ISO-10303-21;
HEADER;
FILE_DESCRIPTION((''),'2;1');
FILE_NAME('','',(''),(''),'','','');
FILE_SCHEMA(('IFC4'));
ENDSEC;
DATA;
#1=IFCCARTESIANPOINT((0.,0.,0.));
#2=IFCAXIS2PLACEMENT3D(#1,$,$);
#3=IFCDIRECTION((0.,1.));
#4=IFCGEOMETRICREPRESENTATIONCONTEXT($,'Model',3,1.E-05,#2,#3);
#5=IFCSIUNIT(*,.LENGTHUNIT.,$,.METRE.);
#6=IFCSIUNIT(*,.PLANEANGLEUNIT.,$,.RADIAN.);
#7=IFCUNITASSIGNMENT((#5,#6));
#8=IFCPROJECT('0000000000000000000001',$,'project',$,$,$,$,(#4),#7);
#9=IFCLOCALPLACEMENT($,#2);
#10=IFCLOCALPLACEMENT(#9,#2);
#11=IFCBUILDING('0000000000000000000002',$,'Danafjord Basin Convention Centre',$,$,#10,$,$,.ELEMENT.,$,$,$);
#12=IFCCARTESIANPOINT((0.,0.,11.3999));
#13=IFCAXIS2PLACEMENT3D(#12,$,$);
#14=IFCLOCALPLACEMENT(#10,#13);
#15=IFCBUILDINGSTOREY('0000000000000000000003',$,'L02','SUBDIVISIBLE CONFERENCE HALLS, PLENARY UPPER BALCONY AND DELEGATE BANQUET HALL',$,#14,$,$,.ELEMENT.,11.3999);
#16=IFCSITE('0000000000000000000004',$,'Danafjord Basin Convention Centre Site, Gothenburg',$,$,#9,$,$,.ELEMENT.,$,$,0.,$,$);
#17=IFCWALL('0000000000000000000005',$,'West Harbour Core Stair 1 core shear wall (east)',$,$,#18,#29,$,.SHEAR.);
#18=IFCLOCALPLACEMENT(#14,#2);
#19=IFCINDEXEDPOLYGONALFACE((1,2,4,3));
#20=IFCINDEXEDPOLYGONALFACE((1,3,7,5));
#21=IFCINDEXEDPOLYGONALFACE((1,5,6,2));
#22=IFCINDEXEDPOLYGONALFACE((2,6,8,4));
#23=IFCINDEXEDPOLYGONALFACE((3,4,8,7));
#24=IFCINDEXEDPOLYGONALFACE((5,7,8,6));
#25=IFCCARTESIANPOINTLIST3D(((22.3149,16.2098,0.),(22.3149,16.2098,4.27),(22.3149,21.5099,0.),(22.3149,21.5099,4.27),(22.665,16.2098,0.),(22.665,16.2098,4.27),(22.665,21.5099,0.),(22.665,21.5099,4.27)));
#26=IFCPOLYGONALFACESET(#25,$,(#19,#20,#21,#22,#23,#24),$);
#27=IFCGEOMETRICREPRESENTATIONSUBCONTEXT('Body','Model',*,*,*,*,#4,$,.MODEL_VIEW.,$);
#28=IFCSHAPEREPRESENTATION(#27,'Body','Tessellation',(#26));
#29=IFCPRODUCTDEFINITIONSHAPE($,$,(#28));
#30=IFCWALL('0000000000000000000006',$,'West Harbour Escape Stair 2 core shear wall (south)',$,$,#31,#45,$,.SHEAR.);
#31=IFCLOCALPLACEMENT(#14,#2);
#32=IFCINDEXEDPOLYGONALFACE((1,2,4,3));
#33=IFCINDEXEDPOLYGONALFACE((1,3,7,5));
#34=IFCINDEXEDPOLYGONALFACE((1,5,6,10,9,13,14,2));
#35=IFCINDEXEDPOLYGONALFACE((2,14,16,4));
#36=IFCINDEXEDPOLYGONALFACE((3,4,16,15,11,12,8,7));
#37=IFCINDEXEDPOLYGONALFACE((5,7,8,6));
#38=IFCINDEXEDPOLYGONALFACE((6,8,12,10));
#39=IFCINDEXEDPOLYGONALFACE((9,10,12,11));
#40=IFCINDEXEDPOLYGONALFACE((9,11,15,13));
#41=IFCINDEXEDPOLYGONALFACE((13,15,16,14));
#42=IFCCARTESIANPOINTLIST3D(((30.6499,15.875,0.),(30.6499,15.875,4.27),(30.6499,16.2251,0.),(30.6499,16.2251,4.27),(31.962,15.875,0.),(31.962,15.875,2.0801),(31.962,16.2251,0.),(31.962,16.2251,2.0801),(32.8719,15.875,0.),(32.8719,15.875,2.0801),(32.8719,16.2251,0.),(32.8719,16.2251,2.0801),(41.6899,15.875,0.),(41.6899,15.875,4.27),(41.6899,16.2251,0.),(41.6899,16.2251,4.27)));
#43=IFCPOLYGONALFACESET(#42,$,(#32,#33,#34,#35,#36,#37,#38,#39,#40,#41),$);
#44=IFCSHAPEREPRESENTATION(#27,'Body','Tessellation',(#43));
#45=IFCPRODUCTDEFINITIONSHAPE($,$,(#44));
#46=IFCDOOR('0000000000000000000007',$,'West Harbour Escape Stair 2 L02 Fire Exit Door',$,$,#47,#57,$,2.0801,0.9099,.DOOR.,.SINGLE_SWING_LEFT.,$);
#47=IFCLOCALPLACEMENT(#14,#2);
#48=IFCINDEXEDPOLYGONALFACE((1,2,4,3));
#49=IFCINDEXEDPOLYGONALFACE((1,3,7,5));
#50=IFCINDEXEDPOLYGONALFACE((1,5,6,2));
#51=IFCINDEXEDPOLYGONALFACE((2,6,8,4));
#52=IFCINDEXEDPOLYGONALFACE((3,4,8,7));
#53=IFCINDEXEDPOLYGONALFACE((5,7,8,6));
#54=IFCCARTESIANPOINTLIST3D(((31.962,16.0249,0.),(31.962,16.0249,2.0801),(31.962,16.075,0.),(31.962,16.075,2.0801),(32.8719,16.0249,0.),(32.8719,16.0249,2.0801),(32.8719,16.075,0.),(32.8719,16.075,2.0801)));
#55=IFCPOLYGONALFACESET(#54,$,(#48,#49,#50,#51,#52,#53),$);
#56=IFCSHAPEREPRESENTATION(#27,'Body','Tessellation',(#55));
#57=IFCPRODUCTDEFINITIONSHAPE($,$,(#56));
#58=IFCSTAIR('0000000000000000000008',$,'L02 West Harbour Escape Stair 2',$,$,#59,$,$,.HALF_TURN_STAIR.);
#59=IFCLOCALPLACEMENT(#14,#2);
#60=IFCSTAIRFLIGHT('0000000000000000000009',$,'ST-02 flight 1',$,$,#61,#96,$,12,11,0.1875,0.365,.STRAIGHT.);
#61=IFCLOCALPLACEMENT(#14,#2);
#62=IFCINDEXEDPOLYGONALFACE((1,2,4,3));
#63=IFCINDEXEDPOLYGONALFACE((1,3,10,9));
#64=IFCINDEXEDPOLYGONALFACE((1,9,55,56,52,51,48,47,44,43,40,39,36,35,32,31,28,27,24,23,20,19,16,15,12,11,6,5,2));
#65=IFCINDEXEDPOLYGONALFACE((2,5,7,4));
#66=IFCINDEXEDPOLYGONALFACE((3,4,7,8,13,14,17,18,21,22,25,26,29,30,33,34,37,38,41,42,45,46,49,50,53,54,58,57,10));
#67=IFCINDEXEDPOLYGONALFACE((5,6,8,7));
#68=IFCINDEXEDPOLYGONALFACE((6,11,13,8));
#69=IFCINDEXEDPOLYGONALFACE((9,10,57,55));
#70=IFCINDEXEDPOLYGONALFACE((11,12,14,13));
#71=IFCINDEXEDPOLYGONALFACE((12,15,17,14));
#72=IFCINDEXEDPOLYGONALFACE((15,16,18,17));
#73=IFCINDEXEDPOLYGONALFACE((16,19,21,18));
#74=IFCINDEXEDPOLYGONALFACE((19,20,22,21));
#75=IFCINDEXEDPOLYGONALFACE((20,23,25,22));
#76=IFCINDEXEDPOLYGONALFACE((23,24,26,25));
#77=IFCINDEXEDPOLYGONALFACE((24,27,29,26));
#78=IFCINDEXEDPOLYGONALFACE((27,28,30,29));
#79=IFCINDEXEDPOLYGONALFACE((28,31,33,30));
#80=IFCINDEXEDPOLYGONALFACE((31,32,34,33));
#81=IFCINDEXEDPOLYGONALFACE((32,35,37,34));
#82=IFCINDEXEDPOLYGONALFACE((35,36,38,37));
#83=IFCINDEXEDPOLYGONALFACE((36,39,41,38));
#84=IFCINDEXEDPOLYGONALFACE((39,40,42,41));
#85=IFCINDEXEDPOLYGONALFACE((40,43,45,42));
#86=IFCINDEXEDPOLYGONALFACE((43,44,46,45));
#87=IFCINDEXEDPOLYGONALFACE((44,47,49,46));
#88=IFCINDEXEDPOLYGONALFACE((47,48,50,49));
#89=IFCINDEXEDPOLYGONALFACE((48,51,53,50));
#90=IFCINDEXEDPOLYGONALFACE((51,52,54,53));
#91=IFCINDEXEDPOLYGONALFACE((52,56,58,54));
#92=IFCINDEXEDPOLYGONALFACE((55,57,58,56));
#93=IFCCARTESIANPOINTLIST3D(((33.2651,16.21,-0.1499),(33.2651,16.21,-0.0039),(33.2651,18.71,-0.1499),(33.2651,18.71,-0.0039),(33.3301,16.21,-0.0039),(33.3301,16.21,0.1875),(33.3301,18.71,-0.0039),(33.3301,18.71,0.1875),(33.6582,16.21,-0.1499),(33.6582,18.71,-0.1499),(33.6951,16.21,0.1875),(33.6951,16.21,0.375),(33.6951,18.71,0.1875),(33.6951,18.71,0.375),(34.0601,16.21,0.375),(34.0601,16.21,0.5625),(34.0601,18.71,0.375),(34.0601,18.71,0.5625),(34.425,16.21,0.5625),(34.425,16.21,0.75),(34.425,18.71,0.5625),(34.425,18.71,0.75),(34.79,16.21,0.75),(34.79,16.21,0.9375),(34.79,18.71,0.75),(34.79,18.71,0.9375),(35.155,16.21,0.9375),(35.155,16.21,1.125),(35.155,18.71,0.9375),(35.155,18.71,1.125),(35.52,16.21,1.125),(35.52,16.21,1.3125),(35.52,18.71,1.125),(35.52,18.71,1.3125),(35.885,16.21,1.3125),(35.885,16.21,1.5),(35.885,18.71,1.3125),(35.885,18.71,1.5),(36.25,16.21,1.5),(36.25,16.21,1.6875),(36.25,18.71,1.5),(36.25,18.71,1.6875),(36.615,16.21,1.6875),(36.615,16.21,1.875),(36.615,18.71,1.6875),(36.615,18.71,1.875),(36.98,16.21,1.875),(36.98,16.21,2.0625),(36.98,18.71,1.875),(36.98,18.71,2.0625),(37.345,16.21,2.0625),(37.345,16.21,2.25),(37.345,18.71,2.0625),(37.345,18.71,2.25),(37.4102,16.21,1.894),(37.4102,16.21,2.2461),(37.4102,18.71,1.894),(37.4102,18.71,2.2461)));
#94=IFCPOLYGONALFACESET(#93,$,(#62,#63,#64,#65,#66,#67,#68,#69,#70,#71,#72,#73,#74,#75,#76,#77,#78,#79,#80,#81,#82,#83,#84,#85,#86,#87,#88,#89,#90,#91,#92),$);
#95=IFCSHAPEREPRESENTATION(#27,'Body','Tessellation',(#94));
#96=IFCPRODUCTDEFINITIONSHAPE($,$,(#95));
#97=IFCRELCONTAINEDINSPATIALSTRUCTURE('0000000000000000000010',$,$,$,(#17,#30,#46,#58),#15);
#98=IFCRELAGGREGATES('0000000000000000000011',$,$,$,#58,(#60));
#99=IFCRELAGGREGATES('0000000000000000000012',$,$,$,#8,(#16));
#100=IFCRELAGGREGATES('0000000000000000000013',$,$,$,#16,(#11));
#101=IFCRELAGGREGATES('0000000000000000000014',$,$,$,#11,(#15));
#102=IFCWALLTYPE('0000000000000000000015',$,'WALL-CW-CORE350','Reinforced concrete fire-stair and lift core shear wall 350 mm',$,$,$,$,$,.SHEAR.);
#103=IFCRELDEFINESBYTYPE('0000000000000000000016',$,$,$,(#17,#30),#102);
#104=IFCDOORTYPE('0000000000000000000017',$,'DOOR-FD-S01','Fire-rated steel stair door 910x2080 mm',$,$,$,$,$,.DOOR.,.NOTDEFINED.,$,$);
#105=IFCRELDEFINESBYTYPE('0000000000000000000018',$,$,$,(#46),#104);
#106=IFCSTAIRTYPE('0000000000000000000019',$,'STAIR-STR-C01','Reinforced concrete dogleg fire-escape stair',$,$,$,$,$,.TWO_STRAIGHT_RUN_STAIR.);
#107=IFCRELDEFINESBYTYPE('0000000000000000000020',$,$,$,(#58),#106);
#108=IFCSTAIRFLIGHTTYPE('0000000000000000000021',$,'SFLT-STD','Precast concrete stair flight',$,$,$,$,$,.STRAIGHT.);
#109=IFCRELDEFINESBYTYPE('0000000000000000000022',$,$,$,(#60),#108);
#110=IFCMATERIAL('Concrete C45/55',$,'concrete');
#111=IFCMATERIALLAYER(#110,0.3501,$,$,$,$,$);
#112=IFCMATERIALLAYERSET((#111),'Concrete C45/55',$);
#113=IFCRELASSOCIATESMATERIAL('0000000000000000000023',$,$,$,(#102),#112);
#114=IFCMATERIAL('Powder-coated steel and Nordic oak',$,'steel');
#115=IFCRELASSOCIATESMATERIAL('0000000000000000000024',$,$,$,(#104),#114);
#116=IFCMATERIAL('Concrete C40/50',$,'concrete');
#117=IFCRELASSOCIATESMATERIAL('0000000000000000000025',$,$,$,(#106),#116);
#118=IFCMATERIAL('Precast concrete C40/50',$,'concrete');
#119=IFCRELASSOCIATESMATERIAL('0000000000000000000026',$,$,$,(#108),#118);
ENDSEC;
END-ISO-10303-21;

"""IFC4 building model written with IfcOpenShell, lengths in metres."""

from ifc_helpers import new_model, si_unit, direction, frame, frame_2d, origin, place, context, subcontext, project, spatial, polyline, rectangle, outline, extrude, material, layer, layer_set, type_object, element, fill, aggregate, save


model = new_model("IFC4")

# Units and contexts
model_context = context("Model", 3, precision=1e-05, world=origin(), true_north=direction((0.0, 1.0)))
body_context = subcontext(model_context, "Body", "Model", "MODEL_VIEW")
ifc_project = project(units=[si_unit("LENGTHUNIT", "METRE"), si_unit("PLANEANGLEUNIT", "RADIAN")], contexts=[model_context])

# Site, building, storey
site_placement = place(None, origin())
site = spatial("IfcSite", under=ifc_project, at=site_placement, Name="Danafjord Basin Convention Centre Site, Gothenburg", CompositionType="ELEMENT", RefElevation=0.0)
building_placement = place(site_placement, origin())
building = spatial("IfcBuilding", under=site, at=building_placement, Name="Danafjord Basin Convention Centre", CompositionType="ELEMENT")
storey_placement = place(building_placement, frame((0.0, 0.0, 11.3999)))
storey = spatial("IfcBuildingStorey", under=building, at=storey_placement, Name="L02", Description="SUBDIVISIBLE CONFERENCE HALLS, PLENARY UPPER BALCONY AND DELEGATE BANQUET HALL", CompositionType="ELEMENT", Elevation=11.3999)

# Wall
ifc_material_1 = material(Name="Concrete C45/55", Category="concrete")
ifc_layer_1 = layer(ifc_material_1, 0.3501)
ifc_layer_set_1 = layer_set([ifc_layer_1], Name="Concrete C45/55")
wall_type = type_object("IfcWallType", Name="WALL-CW-CORE350", Description="Reinforced concrete fire-stair and lift core shear wall 350 mm", PredefinedType="SHEAR", material=ifc_layer_set_1)
wall_1_placement = place(storey_placement, frame((22.49, 16.21, 0.0), z_axis=(0.0, 0.0, 1.0), x_axis=(0.0, 1.0, 0.0)))
element("IfcWall", 1, at=wall_1_placement, inside=storey, type_object=wall_type, Name="West Harbour Core Stair 1 core shear wall (east)", PredefinedType="SHEAR", context=body_context, shape_type="SweptSolid", body=[
    extrude(rectangle(XDim=5.3, YDim=0.3501, at=frame_2d((2.6499, 0.0))), origin(), (0.0, 0.0, 1.0), 4.27),
])

# Wall, opening, door
wall_2_placement = place(storey_placement, frame((30.6499, 16.05, 0.0), z_axis=(0.0, 0.0, 1.0), x_axis=(1.0, 0.0, 0.0)))
wall_2 = element("IfcWall", 2, at=wall_2_placement, inside=storey, type_object=wall_type, Name="West Harbour Escape Stair 2 core shear wall (south)", PredefinedType="SHEAR", context=body_context, shape_type="SweptSolid", body=[
    extrude(rectangle(XDim=11.04, YDim=0.3501, at=frame_2d((5.52, 0.0))), origin(), (0.0, 0.0, 1.0), 4.27),
])
opening_placement = place(wall_2_placement, frame((1.312, 0.0, 0.0)))
opening = element("IfcOpeningElement", 3, at=opening_placement, cuts=wall_2, PredefinedType="OPENING", context=body_context, shape_type="SweptSolid", body=[
    extrude(rectangle(XDim=0.9099, YDim=2.0801, at=frame_2d((0.4551, 1.04))), frame((0.0, 0.1851, 0.0), z_axis=(0.0, -1.0, 0.0), x_axis=(1.0, 0.0, 0.0)), (0.0, 0.0, 1.0), 0.3701),
])
ifc_material_2 = material(Name="Powder-coated steel and Nordic oak", Category="steel")
door_type = type_object("IfcDoorType", Name="DOOR-FD-S01", Description="Fire-rated steel stair door 910x2080 mm", OperationType="NOTDEFINED", PredefinedType="DOOR", material=ifc_material_2)
door_placement = place(opening_placement, origin())
door = element("IfcDoor", 4, at=door_placement, inside=storey, type_object=door_type, Name="West Harbour Escape Stair 2 L02 Fire Exit Door", OperationType="SINGLE_SWING_LEFT", OverallHeight=2.0801, OverallWidth=0.9099, PredefinedType="DOOR", context=body_context, shape_type="SweptSolid", body=[
    extrude(rectangle(XDim=0.9099, YDim=2.0801, at=frame_2d((0.4551, 1.04))), frame((0.0, 0.0249, 0.0), z_axis=(0.0, -1.0, 0.0), x_axis=(1.0, 0.0, 0.0)), (0.0, 0.0, 1.0), 0.05),
])
fill(opening, door)

# Stair, stair flight
ifc_material_3 = material(Name="Concrete C40/50", Category="concrete")
stair_type = type_object("IfcStairType", Name="STAIR-STR-C01", Description="Reinforced concrete dogleg fire-escape stair", PredefinedType="TWO_STRAIGHT_RUN_STAIR", material=ifc_material_3)
stair_placement = place(storey_placement, origin())
stair = element("IfcStair", 5, at=stair_placement, inside=storey, type_object=stair_type, Name="L02 West Harbour Escape Stair 2", PredefinedType="HALF_TURN_STAIR")
ifc_material_4 = material(Name="Precast concrete C40/50", Category="concrete")
stair_flight_type = type_object("IfcStairFlightType", Name="SFLT-STD", Description="Precast concrete stair flight", PredefinedType="STRAIGHT", material=ifc_material_4)
stair_flight_placement = place(storey_placement, frame((33.3301, 17.46, 0.0), z_axis=(0.0, 0.0, 1.0), x_axis=(1.0, 0.0, 0.0)))
stair_flight = element("IfcStairFlight", 6, at=stair_flight_placement, type_object=stair_flight_type, Name="ST-02 flight 1", NumberOfRisers=12, NumberOfTreads=11, PredefinedType="STRAIGHT", RiserHeight=0.1875, TreadLength=0.365, context=body_context, shape_type="SweptSolid", body=[
    extrude(outline(polyline([(-0.0649, -0.1499), (-0.0649, -0.0039), (0.0, -0.0039), (0.0, 0.1875), (0.365, 0.1875), (0.365, 0.375), (0.73, 0.375), (0.73, 0.5625), (1.095, 0.5625), (1.095, 0.75), (1.46, 0.75), (1.46, 0.9375), (1.825, 0.9375), (1.825, 1.125), (2.1899, 1.125), (2.1899, 1.3125), (2.5549, 1.3125), (2.5549, 1.5), (2.9199, 1.5), (2.9199, 1.6875), (3.2849, 1.6875), (3.2849, 1.875), (3.6499, 1.875), (3.6499, 2.0625), (4.0149, 2.0625), (4.0149, 2.25), (4.0801, 2.2461), (4.0801, 1.894), (0.3281, -0.1499), (-0.0649, -0.1499)])), frame((0.0, 1.25, 0.0), z_axis=(0.0, -1.0, 0.0), x_axis=(1.0, 0.0, 0.0)), (0.0, 0.0, 1.0), 2.5),
])
aggregate(stair, [stair_flight])

save(model, "model.ifc")
